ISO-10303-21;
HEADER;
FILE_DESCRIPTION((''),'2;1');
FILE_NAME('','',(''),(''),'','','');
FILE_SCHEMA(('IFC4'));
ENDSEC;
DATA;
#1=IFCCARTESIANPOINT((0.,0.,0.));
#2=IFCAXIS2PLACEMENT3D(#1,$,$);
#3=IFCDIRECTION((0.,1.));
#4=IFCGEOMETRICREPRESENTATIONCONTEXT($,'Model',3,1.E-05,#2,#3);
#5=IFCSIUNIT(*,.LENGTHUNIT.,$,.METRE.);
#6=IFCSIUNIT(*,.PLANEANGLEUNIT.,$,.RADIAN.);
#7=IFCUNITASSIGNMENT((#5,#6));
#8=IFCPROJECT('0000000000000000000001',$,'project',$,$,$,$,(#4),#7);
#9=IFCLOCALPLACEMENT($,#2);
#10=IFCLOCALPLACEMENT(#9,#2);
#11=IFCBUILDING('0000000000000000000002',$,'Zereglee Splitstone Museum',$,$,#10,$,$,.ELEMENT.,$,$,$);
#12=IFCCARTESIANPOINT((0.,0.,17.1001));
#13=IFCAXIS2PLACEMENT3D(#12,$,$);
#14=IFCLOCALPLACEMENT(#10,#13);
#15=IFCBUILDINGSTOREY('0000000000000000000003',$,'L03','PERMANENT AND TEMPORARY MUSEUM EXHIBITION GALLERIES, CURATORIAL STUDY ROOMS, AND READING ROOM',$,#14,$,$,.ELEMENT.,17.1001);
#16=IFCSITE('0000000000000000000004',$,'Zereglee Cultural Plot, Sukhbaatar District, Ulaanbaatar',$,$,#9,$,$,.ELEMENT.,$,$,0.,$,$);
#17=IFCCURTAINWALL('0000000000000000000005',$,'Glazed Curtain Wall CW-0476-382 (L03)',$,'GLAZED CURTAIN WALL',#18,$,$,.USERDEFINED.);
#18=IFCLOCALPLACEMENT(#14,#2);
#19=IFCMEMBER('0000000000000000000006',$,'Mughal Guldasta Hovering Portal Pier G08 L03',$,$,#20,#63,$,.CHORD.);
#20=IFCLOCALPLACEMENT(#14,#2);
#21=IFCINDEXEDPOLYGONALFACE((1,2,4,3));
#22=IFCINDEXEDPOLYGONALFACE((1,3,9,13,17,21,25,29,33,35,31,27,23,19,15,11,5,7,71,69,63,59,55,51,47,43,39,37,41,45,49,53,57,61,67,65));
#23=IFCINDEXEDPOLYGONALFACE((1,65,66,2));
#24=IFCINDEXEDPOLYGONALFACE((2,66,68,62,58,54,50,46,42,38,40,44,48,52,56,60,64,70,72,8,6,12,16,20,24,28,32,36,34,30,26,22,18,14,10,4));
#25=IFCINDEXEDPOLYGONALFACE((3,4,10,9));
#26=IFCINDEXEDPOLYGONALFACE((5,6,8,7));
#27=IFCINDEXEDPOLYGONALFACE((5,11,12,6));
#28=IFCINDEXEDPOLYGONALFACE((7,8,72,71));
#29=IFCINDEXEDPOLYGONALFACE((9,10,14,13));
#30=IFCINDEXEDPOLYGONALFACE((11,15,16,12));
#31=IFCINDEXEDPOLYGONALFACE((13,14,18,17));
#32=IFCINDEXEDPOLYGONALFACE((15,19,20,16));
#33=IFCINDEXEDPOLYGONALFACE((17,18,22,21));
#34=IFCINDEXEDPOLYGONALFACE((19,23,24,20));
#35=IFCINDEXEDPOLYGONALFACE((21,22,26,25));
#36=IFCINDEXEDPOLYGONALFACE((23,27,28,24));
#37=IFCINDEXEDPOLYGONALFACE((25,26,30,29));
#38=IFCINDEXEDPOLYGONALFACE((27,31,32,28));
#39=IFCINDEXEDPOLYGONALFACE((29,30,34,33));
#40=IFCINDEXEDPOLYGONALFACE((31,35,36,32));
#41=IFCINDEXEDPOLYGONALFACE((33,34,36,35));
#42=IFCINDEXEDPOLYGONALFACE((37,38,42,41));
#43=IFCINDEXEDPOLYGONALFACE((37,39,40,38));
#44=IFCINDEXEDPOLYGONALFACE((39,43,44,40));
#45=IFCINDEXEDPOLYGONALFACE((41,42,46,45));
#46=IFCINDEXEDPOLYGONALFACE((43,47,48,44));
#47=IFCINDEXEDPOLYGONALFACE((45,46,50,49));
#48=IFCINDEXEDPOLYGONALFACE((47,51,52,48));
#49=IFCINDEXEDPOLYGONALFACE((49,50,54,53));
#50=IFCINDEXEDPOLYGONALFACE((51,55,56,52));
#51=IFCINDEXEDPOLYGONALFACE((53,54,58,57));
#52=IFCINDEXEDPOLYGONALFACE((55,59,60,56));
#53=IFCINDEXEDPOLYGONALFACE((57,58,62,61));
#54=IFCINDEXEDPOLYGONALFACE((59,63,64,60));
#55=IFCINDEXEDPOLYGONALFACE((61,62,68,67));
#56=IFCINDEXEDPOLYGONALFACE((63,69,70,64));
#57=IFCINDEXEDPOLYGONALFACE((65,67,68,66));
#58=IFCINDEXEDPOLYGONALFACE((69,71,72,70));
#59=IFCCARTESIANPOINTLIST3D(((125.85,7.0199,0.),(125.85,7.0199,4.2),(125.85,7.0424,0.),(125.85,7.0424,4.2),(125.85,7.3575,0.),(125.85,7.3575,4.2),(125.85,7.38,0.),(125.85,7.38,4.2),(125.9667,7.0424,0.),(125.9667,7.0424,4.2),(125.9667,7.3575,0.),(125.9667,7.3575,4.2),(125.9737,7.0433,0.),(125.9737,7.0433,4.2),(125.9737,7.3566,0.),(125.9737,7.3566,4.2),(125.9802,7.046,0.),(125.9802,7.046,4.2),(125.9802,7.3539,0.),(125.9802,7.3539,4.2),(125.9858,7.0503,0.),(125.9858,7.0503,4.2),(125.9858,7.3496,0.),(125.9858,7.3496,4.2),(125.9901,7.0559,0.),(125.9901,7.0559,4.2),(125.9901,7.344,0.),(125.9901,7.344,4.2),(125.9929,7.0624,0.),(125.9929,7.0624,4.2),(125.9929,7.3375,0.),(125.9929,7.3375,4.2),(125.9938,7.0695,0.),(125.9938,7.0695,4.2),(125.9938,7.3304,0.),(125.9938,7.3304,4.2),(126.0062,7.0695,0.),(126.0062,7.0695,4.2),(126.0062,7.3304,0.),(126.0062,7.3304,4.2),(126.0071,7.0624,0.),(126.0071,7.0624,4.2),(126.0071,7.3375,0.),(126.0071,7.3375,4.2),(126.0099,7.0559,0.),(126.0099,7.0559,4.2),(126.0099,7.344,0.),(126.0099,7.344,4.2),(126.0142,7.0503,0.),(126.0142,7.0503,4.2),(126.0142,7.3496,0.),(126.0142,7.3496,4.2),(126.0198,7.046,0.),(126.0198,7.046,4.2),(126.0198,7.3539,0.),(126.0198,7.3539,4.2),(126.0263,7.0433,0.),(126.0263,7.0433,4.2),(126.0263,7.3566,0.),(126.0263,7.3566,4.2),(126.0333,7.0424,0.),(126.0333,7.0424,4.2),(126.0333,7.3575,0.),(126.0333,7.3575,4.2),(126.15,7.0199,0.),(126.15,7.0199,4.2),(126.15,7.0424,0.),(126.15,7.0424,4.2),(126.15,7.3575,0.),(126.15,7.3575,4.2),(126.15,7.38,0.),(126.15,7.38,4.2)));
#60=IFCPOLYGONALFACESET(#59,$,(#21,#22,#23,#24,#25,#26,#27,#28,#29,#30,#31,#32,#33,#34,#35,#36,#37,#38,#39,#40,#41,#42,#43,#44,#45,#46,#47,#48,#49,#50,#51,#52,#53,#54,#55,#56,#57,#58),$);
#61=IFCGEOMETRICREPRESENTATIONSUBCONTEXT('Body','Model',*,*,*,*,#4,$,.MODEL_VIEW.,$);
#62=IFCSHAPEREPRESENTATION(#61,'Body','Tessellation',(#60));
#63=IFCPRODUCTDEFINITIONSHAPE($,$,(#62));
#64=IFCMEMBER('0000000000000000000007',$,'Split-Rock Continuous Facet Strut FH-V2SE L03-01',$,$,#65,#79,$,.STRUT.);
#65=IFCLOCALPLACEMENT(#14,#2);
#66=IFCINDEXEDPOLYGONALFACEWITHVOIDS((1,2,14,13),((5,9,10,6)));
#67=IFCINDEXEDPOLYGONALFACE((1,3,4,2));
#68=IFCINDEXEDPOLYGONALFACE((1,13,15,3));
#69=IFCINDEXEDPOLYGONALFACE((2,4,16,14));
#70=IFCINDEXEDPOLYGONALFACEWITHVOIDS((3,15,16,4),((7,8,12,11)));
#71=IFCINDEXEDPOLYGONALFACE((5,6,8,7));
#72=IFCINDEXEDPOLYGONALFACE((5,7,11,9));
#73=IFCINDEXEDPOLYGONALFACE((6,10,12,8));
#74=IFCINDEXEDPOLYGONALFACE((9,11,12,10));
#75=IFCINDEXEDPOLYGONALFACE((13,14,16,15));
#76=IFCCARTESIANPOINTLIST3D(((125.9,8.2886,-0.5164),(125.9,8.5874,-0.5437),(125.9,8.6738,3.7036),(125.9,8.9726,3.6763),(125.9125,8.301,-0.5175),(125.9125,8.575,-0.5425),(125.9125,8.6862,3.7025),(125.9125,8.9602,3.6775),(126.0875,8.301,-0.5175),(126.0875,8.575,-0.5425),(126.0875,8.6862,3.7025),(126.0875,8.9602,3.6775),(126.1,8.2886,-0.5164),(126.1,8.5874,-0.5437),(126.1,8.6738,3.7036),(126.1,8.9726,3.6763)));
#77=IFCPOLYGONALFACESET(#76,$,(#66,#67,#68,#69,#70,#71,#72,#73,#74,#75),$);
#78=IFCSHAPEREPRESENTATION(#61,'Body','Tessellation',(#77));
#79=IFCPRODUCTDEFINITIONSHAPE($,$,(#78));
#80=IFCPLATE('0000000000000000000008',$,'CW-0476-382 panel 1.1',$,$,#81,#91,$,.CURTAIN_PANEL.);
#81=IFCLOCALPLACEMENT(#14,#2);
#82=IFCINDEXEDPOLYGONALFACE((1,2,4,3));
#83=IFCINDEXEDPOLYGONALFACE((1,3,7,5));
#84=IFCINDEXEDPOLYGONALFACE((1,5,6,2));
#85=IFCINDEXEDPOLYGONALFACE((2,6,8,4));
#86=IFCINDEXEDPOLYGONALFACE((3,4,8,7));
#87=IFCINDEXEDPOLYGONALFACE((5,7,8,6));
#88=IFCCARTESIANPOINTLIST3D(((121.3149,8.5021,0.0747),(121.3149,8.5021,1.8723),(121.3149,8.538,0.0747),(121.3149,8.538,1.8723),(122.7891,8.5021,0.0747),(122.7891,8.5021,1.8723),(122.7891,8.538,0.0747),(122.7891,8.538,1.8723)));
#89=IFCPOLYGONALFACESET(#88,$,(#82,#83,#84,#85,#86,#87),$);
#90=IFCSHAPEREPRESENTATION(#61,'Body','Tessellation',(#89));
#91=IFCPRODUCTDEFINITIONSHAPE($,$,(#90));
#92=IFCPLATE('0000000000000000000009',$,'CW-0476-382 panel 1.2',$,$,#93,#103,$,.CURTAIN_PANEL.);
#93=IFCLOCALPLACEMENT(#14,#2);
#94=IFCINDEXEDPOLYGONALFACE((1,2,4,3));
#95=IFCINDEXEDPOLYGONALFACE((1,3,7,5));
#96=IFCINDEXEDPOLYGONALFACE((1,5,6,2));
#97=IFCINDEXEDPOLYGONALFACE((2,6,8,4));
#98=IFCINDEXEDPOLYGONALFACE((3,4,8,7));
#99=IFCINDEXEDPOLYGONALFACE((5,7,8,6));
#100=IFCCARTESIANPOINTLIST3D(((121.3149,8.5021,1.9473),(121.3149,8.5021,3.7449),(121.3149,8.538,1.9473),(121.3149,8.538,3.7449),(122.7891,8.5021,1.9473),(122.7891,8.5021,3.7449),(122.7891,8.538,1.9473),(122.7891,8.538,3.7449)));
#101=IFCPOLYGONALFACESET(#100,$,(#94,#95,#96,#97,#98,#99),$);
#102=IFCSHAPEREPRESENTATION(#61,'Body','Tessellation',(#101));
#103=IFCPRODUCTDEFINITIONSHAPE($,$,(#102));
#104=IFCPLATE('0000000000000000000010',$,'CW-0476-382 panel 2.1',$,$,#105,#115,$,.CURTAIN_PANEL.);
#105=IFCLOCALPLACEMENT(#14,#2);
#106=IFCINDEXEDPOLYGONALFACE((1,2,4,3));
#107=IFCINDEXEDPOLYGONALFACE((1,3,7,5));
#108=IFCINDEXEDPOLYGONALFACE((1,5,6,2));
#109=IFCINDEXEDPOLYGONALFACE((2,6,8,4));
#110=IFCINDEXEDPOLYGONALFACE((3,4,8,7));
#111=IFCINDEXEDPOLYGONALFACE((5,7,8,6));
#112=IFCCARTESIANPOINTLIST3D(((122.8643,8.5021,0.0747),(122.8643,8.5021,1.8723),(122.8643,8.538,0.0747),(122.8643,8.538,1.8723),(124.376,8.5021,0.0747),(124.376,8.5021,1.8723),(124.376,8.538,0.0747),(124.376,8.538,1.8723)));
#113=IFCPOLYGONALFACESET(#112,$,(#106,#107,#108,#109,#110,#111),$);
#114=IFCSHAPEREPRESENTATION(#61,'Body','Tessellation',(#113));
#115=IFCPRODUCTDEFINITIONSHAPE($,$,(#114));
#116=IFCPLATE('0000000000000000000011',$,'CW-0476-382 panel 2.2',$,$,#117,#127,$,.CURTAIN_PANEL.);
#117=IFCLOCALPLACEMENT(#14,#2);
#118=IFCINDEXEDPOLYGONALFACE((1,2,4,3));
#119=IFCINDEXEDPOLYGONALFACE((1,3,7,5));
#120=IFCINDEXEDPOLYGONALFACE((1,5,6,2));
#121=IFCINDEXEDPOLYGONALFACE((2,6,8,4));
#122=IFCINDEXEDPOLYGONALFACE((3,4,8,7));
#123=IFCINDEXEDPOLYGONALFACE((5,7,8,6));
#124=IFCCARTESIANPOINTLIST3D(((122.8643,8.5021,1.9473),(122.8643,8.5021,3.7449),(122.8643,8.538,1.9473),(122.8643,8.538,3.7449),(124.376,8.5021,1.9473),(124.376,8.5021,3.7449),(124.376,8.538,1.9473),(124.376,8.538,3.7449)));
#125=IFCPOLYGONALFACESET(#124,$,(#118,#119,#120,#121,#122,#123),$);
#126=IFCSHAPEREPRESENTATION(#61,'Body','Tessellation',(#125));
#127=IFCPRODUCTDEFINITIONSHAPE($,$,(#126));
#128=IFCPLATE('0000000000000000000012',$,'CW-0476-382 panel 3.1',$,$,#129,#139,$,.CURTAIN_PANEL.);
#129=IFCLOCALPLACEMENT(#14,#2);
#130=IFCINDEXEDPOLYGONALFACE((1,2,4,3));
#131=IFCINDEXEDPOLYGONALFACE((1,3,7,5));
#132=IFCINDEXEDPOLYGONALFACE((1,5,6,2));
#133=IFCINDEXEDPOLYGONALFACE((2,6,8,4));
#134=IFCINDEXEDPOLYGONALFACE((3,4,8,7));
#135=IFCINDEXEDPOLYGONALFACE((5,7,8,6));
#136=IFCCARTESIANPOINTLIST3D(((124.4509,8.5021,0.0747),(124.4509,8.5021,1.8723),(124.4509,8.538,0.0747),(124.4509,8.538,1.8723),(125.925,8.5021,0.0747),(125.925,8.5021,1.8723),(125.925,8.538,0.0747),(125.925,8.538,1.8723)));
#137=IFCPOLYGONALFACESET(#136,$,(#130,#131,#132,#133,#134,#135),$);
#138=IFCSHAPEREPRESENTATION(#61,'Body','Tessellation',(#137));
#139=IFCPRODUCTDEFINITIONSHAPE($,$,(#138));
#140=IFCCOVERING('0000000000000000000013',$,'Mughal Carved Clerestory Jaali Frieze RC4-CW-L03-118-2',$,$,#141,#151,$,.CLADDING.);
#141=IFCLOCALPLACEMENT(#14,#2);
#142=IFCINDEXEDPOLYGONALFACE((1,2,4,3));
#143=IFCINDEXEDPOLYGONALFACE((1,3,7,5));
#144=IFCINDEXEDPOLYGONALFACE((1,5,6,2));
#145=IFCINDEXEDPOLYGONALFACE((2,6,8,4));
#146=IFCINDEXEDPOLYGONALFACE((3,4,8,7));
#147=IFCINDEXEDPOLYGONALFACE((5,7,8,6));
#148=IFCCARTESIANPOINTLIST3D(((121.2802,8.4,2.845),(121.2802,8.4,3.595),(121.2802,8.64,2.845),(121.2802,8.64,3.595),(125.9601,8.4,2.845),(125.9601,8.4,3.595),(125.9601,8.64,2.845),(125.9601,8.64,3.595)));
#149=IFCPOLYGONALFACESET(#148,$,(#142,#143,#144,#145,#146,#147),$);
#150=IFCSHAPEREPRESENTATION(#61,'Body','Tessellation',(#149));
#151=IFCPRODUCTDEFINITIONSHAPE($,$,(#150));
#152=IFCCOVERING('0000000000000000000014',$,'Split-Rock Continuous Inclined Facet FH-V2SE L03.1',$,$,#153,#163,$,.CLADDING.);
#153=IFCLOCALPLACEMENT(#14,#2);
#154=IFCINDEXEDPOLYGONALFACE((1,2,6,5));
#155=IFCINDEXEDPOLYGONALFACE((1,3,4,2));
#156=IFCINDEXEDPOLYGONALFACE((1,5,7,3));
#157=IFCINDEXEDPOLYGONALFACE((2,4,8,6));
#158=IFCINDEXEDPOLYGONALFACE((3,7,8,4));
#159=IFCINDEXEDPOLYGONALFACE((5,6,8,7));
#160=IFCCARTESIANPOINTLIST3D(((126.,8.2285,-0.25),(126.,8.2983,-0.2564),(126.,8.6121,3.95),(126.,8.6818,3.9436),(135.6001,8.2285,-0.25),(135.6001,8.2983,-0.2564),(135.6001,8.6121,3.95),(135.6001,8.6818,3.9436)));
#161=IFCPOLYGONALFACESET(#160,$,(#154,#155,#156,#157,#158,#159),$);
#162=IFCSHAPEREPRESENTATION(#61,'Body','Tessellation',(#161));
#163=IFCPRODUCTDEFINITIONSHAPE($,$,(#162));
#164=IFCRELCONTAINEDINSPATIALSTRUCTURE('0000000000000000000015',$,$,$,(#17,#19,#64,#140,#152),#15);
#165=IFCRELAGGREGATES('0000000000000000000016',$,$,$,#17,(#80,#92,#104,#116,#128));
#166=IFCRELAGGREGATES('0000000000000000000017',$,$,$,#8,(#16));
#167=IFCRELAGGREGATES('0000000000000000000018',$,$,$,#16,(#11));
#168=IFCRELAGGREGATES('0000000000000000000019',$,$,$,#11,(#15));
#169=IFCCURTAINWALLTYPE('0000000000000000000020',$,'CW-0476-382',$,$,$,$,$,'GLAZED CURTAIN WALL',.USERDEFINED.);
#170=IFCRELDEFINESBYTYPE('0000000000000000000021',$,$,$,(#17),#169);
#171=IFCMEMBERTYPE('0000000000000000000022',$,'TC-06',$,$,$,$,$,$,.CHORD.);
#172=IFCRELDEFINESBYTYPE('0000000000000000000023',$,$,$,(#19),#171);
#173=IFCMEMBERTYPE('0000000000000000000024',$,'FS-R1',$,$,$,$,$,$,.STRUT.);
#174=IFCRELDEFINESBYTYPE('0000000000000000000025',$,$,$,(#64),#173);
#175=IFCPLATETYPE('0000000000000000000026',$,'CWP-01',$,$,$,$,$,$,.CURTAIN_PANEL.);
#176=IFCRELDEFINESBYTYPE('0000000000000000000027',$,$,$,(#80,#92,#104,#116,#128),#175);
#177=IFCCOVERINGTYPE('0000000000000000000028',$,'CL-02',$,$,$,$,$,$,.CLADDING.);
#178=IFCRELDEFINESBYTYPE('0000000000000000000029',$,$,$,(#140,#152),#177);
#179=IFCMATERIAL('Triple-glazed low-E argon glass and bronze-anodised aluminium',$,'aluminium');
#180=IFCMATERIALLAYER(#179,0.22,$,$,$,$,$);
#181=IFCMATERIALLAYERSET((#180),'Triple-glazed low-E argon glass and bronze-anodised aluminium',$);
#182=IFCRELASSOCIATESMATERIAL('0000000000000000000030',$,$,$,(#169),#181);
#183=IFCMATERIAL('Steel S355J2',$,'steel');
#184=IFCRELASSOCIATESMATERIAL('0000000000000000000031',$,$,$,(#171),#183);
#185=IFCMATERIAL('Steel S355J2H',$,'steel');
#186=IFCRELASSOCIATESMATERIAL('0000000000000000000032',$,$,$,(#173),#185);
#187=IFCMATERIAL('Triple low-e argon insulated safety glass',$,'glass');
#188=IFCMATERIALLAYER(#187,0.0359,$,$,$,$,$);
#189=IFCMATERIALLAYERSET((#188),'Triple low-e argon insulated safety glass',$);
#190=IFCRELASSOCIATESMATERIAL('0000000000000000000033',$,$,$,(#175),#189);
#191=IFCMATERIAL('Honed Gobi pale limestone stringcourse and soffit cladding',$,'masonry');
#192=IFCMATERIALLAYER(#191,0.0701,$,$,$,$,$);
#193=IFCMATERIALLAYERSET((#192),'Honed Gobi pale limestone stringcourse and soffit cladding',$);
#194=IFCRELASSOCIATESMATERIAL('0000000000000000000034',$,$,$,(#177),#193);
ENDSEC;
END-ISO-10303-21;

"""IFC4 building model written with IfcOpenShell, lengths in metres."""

from ifc_helpers import new_model, si_unit, direction, frame, origin, origin_2d, place, context, subcontext, project, spatial, polyline, rectangle, hollow_rectangle, i_section, outline, extrude, material, layer, layer_set, material_profile, profile_set, type_object, element, aggregate, save


model = new_model("IFC4")

# Units and contexts
model_context = context("Model", 3, precision=1e-05, world=origin(), true_north=direction((0.0, 1.0)))
body_context = subcontext(model_context, "Body", "Model", "MODEL_VIEW")
ifc_project = project(units=[si_unit("LENGTHUNIT", "METRE"), si_unit("PLANEANGLEUNIT", "RADIAN")], contexts=[model_context])

# Site, building, storey
site_placement = place(None, origin())
site = spatial("IfcSite", under=ifc_project, at=site_placement, Name="Zereglee Cultural Plot, Sukhbaatar District, Ulaanbaatar", CompositionType="ELEMENT", RefElevation=0.0)
building_placement = place(site_placement, origin())
building = spatial("IfcBuilding", under=site, at=building_placement, Name="Zereglee Splitstone Museum", CompositionType="ELEMENT")
storey_placement = place(building_placement, frame((0.0, 0.0, 17.1001)))
storey = spatial("IfcBuildingStorey", under=building, at=storey_placement, Name="L03", Description="PERMANENT AND TEMPORARY MUSEUM EXHIBITION GALLERIES, CURATORIAL STUDY ROOMS, AND READING ROOM", CompositionType="ELEMENT", Elevation=17.1001)

# Shared definitions
ifc_material_1 = material(Name="Triple-glazed low-E argon glass and bronze-anodised aluminium", Category="aluminium")

# Curtain wall
ifc_layer_1 = layer(ifc_material_1, 0.22)
ifc_layer_set_1 = layer_set([ifc_layer_1], Name="Triple-glazed low-E argon glass and bronze-anodised aluminium")
curtain_wall_type_1 = type_object("IfcCurtainWallType", Name="CW-0476-382", ElementType="GLAZED CURTAIN WALL", PredefinedType="USERDEFINED", material=ifc_layer_set_1)
curtain_wall_1_placement = place(storey_placement, origin())
curtain_wall_1 = element("IfcCurtainWall", 1, at=curtain_wall_1_placement, inside=storey, type_object=curtain_wall_type_1, Name="Glazed Curtain Wall CW-0476-382 (L03)", ObjectType="GLAZED CURTAIN WALL", PredefinedType="USERDEFINED")

# Members
ifc_material_2 = material(Name="Steel S355J2", Category="steel")
ifc_material_profile_1 = material_profile(ifc_material_2, i_section(OverallWidth=0.3, OverallDepth=0.3601, WebThickness=0.0125, FlangeThickness=0.0225, FilletRadius=0.0271, at=origin_2d()), Name="HE 360 B")
ifc_profile_set_1 = profile_set([ifc_material_profile_1], Name="Steel S355J2")
member_type_1 = type_object("IfcMemberType", Name="TC-06", PredefinedType="CHORD", material=ifc_profile_set_1)
member_1_placement = place(storey_placement, frame((126.0, 7.2, 0.0), z_axis=(0.0, 0.0, 1.0), x_axis=(1.0, 0.0, 0.0)))
element("IfcMember", 2, at=member_1_placement, inside=storey, type_object=member_type_1, Name="Mughal Guldasta Hovering Portal Pier G08 L03", PredefinedType="CHORD", context=body_context, shape_type="SweptSolid", body=[
    extrude(i_section(OverallWidth=0.3, OverallDepth=0.3601, WebThickness=0.0125, FlangeThickness=0.0225, FilletRadius=0.0271, at=origin_2d()), origin(), (0.0, 0.0, 1.0), 4.2),
])
ifc_material_3 = material(Name="Steel S355J2H", Category="steel")
ifc_material_profile_2 = material_profile(ifc_material_3, hollow_rectangle(XDim=0.2, YDim=0.3, WallThickness=0.0125, at=origin_2d()), Name="RHS 300x200x12.5")
ifc_profile_set_2 = profile_set([ifc_material_profile_2], Name="Steel S355J2H")
member_type_2 = type_object("IfcMemberType", Name="FS-R1", PredefinedType="STRUT", material=ifc_profile_set_2)
member_2_placement = place(storey_placement, frame((126.0, 8.438, -0.53), z_axis=(0.0, 0.090915, 0.995859), x_axis=(-1.0, 0.0, 0.0)))
element("IfcMember", 3, at=member_2_placement, inside=storey, type_object=member_type_2, Name="Split-Rock Continuous Facet Strut FH-V2SE L03-01", PredefinedType="STRUT", context=body_context, shape_type="SweptSolid", body=[
    extrude(hollow_rectangle(XDim=0.2, YDim=0.3, WallThickness=0.0125, at=origin_2d()), origin(), (0.0, 0.0, 1.0), 4.2375),
])

# Plates
ifc_material_4 = material(Name="Triple low-e argon insulated safety glass", Category="glass")
ifc_layer_2 = layer(ifc_material_4, 0.0359)
ifc_layer_set_2 = layer_set([ifc_layer_2], Name="Triple low-e argon insulated safety glass")
plate_type = type_object("IfcPlateType", Name="CWP-01", PredefinedType="CURTAIN_PANEL", material=ifc_layer_set_2)
plate_1_placement = place(storey_placement, frame((122.052, 8.52, 0.0747), z_axis=(0.0, 0.0, 1.0), x_axis=(1.0, 0.0, 0.0)))
plate_1 = element("IfcPlate", 4, at=plate_1_placement, type_object=plate_type, Name="CW-0476-382 panel 1.1", PredefinedType="CURTAIN_PANEL", context=body_context, shape_type="SweptSolid", body=[
    extrude(rectangle(XDim=1.4741, YDim=0.0359, at=origin_2d()), origin(), (0.0, 0.0, 1.0), 1.7976),
])
plate_2_placement = place(storey_placement, frame((122.052, 8.52, 1.9473), z_axis=(0.0, 0.0, 1.0), x_axis=(1.0, 0.0, 0.0)))
plate_2 = element("IfcPlate", 5, at=plate_2_placement, type_object=plate_type, Name="CW-0476-382 panel 1.2", PredefinedType="CURTAIN_PANEL", context=body_context, shape_type="SweptSolid", body=[
    extrude(rectangle(XDim=1.4741, YDim=0.0359, at=origin_2d()), origin(), (0.0, 0.0, 1.0), 1.7976),
])
plate_3_placement = place(storey_placement, frame((123.6201, 8.52, 0.0747), z_axis=(0.0, 0.0, 1.0), x_axis=(1.0, 0.0, 0.0)))
plate_3 = element("IfcPlate", 6, at=plate_3_placement, type_object=plate_type, Name="CW-0476-382 panel 2.1", PredefinedType="CURTAIN_PANEL", context=body_context, shape_type="SweptSolid", body=[
    extrude(rectangle(XDim=1.5117, YDim=0.0359, at=origin_2d()), origin(), (0.0, 0.0, 1.0), 1.7976),
])
plate_4_placement = place(storey_placement, frame((123.6201, 8.52, 1.9473), z_axis=(0.0, 0.0, 1.0), x_axis=(1.0, 0.0, 0.0)))
plate_4 = element("IfcPlate", 7, at=plate_4_placement, type_object=plate_type, Name="CW-0476-382 panel 2.2", PredefinedType="CURTAIN_PANEL", context=body_context, shape_type="SweptSolid", body=[
    extrude(rectangle(XDim=1.5117, YDim=0.0359, at=origin_2d()), origin(), (0.0, 0.0, 1.0), 1.7976),
])
plate_5_placement = place(storey_placement, frame((125.188, 8.52, 0.0747), z_axis=(0.0, 0.0, 1.0), x_axis=(1.0, 0.0, 0.0)))
plate_5 = element("IfcPlate", 8, at=plate_5_placement, type_object=plate_type, Name="CW-0476-382 panel 3.1", PredefinedType="CURTAIN_PANEL", context=body_context, shape_type="SweptSolid", body=[
    extrude(rectangle(XDim=1.4741, YDim=0.0359, at=origin_2d()), origin(), (0.0, 0.0, 1.0), 1.7976),
])
aggregate(curtain_wall_1, [plate_1, plate_2, plate_3, plate_4, plate_5])

# Coverings
ifc_material_5 = material(Name="Honed Gobi pale limestone stringcourse and soffit cladding", Category="masonry")
ifc_layer_3 = layer(ifc_material_5, 0.0701)
ifc_layer_set_3 = layer_set([ifc_layer_3], Name="Honed Gobi pale limestone stringcourse and soffit cladding")
covering_type = type_object("IfcCoveringType", Name="CL-02", PredefinedType="CLADDING", material=ifc_layer_set_3)
covering_1_placement = place(storey_placement, frame((123.6201, 8.52, 2.845), z_axis=(0.0, 0.0, 1.0), x_axis=(1.0, 0.0, 0.0)))
element("IfcCovering", 9, at=covering_1_placement, inside=storey, type_object=covering_type, Name="Mughal Carved Clerestory Jaali Frieze RC4-CW-L03-118-2", PredefinedType="CLADDING", context=body_context, shape_type="SweptSolid", body=[
    extrude(rectangle(XDim=4.6799, YDim=0.24, at=origin_2d()), origin(), (0.0, 0.0, 1.0), 0.75),
])
covering_2_placement = place(storey_placement, frame((126.0, 8.2285, -0.25), z_axis=(0.0, -0.995856, 0.090943), x_axis=(1.0, 0.0, 0.0)))
element("IfcCovering", 10, at=covering_2_placement, inside=storey, type_object=covering_type, Name="Split-Rock Continuous Inclined Facet FH-V2SE L03.1", PredefinedType="CLADDING", context=body_context, shape_type="SweptSolid", body=[
    extrude(outline(polyline([(0.0, 0.0), (9.6001, 0.0), (9.6001, 4.2174), (0.0, 4.2174), (0.0, 0.0)])), origin(), (0.0, 0.0, -1.0), 0.0701),
])

save(model, "model.ifc")
